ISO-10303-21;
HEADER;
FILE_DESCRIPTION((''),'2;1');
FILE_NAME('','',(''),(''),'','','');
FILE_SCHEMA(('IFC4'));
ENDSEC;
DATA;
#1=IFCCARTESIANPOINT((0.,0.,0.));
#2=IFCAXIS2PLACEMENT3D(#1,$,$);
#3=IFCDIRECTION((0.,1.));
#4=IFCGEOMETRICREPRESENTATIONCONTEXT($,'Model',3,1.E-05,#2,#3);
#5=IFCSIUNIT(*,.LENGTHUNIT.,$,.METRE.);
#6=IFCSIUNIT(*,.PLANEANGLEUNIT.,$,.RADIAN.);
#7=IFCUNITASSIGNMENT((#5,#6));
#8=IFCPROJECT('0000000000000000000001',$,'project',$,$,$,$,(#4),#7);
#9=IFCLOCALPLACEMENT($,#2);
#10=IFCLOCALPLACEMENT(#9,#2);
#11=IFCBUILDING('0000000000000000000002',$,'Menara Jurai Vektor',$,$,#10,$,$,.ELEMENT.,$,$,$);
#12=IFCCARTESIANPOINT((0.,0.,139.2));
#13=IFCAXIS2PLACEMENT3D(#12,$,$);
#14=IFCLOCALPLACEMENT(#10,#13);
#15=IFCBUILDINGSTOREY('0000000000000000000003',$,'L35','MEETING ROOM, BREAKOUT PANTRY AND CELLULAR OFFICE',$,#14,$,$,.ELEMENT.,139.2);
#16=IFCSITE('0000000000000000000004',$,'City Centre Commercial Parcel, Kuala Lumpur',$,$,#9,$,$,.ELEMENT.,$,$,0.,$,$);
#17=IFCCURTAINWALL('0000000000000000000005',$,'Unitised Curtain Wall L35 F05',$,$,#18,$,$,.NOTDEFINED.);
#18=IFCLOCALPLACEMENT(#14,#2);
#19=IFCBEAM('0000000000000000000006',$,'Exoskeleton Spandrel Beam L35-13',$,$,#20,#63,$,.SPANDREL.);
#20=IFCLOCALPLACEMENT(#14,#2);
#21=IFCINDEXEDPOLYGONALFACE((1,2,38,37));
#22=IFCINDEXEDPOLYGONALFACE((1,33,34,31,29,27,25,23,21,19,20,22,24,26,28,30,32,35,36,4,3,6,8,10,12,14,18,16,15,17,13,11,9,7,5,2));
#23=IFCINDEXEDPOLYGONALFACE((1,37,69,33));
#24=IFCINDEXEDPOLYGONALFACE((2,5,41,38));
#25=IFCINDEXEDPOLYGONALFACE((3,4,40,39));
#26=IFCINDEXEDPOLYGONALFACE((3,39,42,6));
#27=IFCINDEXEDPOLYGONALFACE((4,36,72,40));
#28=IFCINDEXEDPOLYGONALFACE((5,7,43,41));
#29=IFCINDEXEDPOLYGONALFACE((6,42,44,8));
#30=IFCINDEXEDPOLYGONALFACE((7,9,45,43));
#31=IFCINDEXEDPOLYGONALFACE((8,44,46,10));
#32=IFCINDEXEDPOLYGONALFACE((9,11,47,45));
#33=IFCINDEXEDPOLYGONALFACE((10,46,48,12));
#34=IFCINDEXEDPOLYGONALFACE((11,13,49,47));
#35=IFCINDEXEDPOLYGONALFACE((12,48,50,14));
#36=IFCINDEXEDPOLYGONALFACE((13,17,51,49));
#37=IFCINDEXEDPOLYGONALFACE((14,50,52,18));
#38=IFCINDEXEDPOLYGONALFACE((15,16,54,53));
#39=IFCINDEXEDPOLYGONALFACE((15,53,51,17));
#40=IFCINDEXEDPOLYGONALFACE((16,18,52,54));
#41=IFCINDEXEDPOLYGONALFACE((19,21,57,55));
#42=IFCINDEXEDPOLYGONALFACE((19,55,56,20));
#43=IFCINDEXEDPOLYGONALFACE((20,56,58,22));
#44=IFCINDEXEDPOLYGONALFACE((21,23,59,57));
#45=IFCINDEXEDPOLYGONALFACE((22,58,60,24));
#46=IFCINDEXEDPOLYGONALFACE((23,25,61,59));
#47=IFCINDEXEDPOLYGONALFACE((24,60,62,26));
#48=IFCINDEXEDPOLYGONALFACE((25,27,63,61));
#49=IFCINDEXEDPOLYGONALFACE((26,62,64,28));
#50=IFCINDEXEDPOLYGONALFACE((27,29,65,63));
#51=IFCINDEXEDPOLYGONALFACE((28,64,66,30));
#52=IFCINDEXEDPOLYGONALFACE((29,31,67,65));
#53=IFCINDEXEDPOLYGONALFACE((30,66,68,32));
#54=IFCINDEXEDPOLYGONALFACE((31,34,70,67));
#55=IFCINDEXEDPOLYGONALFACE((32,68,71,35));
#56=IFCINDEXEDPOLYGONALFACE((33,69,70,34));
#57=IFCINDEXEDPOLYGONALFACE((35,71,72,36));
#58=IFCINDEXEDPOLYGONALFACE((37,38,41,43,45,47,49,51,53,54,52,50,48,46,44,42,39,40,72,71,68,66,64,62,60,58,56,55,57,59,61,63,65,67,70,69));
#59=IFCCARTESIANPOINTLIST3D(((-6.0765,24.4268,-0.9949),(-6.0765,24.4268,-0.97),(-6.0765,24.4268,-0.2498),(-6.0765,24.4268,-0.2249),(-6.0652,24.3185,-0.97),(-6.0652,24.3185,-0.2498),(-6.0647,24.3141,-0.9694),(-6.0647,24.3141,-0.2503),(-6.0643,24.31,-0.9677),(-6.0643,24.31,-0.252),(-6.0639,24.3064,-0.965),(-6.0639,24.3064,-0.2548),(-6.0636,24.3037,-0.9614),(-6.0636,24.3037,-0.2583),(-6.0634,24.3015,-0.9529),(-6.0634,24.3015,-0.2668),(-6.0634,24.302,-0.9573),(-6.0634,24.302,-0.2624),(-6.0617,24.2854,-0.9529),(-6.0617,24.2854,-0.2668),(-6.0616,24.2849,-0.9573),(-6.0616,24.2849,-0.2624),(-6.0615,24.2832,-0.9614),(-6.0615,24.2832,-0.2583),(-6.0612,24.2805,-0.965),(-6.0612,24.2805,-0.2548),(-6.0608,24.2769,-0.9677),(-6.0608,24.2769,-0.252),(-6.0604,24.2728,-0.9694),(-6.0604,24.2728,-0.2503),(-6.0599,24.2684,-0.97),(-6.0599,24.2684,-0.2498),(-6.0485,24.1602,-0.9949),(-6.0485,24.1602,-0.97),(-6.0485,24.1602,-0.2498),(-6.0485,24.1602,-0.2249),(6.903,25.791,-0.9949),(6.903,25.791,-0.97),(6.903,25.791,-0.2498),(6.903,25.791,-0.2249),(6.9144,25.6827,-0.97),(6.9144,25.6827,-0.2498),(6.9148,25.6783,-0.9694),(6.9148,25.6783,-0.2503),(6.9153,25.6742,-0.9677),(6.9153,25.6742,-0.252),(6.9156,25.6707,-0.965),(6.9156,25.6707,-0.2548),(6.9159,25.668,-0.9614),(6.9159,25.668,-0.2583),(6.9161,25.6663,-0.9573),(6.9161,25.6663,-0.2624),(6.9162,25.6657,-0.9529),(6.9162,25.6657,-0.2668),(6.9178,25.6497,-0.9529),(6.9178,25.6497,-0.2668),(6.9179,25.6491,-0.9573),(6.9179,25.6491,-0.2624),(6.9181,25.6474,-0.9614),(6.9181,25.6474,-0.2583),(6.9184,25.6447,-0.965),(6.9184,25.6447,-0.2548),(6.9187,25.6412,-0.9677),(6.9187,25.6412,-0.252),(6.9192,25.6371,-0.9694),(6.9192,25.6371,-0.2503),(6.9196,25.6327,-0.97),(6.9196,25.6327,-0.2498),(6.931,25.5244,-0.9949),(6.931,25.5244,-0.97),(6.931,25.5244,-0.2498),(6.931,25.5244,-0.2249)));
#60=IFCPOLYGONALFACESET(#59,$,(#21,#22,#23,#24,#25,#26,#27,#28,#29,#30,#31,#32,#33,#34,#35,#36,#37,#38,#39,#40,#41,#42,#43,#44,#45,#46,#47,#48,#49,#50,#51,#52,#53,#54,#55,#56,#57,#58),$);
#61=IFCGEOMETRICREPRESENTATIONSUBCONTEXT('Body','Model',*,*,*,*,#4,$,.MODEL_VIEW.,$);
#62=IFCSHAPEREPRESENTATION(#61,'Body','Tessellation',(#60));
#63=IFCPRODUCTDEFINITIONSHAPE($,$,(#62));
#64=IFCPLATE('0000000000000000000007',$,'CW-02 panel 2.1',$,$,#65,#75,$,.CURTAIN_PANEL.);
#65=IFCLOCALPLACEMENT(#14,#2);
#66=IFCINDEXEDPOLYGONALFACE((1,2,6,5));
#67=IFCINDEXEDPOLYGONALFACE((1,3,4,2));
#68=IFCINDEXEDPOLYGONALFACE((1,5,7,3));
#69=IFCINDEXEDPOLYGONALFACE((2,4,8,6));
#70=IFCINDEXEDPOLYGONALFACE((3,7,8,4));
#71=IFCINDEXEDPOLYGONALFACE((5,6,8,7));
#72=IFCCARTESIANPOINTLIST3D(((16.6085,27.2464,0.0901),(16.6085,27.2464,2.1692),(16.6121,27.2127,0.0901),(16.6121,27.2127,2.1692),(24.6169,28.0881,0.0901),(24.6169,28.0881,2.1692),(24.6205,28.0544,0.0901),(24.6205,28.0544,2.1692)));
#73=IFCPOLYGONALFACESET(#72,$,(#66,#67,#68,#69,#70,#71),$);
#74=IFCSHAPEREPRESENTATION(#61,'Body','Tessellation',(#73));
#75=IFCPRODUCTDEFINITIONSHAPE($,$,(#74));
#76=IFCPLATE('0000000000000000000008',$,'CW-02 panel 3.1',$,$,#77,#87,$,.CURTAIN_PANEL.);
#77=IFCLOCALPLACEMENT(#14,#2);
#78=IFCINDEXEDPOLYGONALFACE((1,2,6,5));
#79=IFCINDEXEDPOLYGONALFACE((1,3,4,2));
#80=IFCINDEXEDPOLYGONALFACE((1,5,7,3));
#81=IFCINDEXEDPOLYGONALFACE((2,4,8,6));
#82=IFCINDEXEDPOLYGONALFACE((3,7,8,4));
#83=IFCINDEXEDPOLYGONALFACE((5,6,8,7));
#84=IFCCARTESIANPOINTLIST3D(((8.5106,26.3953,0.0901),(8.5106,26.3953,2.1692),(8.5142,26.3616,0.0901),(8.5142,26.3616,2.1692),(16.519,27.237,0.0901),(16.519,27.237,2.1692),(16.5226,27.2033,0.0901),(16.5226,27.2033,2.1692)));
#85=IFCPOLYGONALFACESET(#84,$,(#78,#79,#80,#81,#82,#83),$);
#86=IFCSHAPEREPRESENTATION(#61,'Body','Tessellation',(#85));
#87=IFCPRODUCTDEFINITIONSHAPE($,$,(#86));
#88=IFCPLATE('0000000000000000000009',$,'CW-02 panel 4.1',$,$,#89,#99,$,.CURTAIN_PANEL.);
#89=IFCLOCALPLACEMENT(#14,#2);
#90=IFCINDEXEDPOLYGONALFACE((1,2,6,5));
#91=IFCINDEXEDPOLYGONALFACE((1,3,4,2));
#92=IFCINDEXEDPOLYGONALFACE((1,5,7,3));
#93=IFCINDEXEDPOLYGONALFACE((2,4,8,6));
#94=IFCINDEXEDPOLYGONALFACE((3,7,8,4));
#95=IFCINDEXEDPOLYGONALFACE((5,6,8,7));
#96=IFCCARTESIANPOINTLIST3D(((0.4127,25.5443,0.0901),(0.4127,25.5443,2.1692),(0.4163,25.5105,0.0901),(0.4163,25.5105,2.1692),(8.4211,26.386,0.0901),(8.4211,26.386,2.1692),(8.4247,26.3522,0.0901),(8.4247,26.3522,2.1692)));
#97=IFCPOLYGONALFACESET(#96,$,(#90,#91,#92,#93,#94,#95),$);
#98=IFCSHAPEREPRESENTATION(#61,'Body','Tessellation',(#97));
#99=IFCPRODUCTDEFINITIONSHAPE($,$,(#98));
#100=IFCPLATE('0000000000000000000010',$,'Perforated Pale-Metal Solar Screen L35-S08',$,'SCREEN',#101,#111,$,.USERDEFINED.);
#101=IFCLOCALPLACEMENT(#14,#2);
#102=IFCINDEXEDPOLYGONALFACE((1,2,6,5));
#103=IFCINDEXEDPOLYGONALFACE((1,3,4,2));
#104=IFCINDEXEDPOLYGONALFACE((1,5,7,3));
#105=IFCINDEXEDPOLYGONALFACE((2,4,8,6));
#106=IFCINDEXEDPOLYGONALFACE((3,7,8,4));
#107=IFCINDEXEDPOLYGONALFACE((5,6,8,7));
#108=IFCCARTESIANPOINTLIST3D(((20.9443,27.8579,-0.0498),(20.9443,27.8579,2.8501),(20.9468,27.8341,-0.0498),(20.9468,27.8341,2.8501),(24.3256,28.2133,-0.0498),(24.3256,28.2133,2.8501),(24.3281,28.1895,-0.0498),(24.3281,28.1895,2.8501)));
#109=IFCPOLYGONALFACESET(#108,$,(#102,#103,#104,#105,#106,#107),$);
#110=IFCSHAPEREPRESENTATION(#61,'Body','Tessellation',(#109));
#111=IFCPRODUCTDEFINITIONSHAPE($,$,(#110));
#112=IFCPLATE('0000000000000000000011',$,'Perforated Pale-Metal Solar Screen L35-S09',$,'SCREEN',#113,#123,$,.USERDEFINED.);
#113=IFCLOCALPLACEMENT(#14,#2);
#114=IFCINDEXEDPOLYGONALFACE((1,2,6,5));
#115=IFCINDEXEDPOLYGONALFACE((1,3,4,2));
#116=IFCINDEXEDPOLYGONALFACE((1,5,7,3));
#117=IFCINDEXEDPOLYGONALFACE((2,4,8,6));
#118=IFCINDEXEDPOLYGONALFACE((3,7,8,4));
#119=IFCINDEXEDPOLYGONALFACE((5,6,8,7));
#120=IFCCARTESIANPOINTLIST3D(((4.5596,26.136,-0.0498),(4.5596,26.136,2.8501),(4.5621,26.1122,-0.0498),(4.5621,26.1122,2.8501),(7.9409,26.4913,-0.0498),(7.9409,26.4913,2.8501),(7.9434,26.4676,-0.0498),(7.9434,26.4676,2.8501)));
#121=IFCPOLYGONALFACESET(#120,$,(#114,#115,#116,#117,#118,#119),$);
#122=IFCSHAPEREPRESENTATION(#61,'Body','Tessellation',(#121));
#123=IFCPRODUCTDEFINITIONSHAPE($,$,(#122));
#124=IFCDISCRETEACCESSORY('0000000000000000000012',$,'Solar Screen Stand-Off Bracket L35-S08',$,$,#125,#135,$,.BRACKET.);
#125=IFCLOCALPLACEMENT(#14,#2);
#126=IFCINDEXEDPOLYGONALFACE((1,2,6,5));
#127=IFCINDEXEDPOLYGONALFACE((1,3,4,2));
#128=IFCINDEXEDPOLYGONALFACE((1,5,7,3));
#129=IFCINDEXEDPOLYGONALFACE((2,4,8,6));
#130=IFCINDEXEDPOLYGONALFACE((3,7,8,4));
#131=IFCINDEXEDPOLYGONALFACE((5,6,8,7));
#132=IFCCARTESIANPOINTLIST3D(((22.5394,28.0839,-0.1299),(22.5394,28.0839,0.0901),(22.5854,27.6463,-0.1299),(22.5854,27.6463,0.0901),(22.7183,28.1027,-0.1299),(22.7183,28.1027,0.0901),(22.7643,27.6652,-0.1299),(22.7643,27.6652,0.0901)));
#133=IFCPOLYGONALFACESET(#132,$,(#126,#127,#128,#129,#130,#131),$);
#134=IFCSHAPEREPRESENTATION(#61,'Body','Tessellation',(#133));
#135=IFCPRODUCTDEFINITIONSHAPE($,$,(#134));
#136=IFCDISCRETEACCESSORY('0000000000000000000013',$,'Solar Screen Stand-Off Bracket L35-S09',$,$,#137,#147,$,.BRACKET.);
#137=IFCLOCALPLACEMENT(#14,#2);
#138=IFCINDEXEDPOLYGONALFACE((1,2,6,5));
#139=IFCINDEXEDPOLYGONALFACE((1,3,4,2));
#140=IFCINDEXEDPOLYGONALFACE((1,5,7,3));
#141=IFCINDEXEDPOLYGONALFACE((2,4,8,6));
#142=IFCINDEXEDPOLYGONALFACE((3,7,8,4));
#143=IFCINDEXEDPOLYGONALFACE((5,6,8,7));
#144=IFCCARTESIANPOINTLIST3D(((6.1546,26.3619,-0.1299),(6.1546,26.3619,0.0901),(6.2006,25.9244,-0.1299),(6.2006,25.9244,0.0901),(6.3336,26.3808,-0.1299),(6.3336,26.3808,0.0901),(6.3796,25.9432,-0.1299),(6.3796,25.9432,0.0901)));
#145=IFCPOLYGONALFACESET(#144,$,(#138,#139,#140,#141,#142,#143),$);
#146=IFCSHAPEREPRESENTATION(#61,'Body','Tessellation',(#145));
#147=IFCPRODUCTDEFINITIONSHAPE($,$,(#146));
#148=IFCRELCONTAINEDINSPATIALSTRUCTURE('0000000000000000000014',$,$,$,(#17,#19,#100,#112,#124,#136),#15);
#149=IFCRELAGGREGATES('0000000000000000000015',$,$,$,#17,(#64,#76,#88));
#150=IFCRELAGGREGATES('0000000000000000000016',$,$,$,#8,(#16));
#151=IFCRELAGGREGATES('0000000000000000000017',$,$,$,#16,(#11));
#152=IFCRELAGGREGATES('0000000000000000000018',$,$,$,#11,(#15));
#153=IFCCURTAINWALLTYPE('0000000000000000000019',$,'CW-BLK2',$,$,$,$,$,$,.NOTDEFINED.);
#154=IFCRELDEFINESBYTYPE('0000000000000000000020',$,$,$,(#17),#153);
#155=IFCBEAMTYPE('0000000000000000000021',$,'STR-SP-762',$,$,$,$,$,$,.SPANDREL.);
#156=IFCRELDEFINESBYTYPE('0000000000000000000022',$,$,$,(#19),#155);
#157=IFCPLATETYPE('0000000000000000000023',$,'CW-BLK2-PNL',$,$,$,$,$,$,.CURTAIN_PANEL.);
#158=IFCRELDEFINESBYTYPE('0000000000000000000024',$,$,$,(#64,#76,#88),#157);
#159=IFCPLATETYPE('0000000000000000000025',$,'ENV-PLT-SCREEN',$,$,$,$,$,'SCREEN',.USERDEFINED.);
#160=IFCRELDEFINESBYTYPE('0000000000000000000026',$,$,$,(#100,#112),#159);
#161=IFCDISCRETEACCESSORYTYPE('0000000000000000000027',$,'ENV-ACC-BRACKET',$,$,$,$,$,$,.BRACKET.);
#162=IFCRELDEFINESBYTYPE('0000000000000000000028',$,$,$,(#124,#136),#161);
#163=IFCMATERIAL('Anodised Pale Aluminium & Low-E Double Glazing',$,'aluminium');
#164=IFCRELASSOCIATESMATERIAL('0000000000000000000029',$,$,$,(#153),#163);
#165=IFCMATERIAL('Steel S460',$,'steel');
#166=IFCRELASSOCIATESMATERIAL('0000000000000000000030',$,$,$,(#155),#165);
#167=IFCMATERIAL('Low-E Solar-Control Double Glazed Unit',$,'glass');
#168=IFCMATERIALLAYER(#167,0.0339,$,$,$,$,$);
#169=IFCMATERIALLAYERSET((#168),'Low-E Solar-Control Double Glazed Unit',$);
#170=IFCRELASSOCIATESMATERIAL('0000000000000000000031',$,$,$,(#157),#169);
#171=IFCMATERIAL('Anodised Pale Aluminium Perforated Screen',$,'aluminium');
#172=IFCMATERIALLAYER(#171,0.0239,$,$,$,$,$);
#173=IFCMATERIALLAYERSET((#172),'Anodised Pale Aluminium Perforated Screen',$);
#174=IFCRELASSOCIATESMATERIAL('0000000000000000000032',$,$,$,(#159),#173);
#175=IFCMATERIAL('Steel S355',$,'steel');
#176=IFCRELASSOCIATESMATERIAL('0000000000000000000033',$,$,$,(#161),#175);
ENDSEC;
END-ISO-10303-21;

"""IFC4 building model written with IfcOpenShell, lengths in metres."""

from ifc_helpers import new_model, si_unit, direction, frame, origin, origin_2d, place, context, subcontext, project, spatial, rectangle, i_section, extrude, material, layer, layer_set, material_profile, profile_set, type_object, element, aggregate, save


model = new_model("IFC4")

# Units and contexts
model_context = context("Model", 3, precision=1e-05, world=origin(), true_north=direction((0.0, 1.0)))
body_context = subcontext(model_context, "Body", "Model", "MODEL_VIEW")
ifc_project = project(units=[si_unit("LENGTHUNIT", "METRE"), si_unit("PLANEANGLEUNIT", "RADIAN")], contexts=[model_context])

# Site, building, storey
site_placement = place(None, origin())
site = spatial("IfcSite", under=ifc_project, at=site_placement, Name="City Centre Commercial Parcel, Kuala Lumpur", CompositionType="ELEMENT", RefElevation=0.0)
building_placement = place(site_placement, origin())
building = spatial("IfcBuilding", under=site, at=building_placement, Name="Menara Jurai Vektor", CompositionType="ELEMENT")
storey_placement = place(building_placement, frame((0.0, 0.0, 139.2)))
storey = spatial("IfcBuildingStorey", under=building, at=storey_placement, Name="L35", Description="MEETING ROOM, BREAKOUT PANTRY AND CELLULAR OFFICE", CompositionType="ELEMENT", Elevation=139.2)

# Shared definitions
ifc_material_1 = material(Name="Steel S460", Category="steel")

# Curtain wall
ifc_material_2 = material(Name="Anodised Pale Aluminium & Low-E Double Glazing", Category="aluminium")
curtain_wall_type = type_object("IfcCurtainWallType", Name="CW-BLK2", PredefinedType="NOTDEFINED", material=ifc_material_2)
curtain_wall_placement = place(storey_placement, origin())
curtain_wall = element("IfcCurtainWall", 1, at=curtain_wall_placement, inside=storey, type_object=curtain_wall_type, Name="Unitised Curtain Wall L35 F05", PredefinedType="NOTDEFINED")

# Beam
ifc_material_3 = material(Name="Steel S355", Category="steel")
ifc_material_profile_1 = material_profile(ifc_material_1, i_section(OverallWidth=0.2681, OverallDepth=0.77, WebThickness=0.0161, FlangeThickness=0.0249, FilletRadius=0.0171, at=origin_2d()), Name="UKB 762x267x197")
ifc_profile_set_1 = profile_set([ifc_material_profile_1], Name="Steel S460")
beam_type_1 = type_object("IfcBeamType", Name="STR-SP-762", PredefinedType="SPANDREL", material=ifc_profile_set_1)
beam_1_placement = place(storey_placement, frame((6.917, 25.6577, -0.6099), z_axis=(-0.994521, -0.104533, 0.0), x_axis=(0.104533, -0.994521, 0.0)))
element("IfcBeam", 2, at=beam_1_placement, inside=storey, type_object=beam_type_1, Name="Exoskeleton Spandrel Beam L35-13", PredefinedType="SPANDREL", context=body_context, shape_type="SweptSolid", body=[
    extrude(i_section(OverallWidth=0.2681, OverallDepth=0.77, WebThickness=0.0161, FlangeThickness=0.0249, FilletRadius=0.0171, at=origin_2d()), origin(), (0.0, 0.0, 1.0), 13.051),
])

# Plates
ifc_material_4 = material(Name="Low-E Solar-Control Double Glazed Unit", Category="glass")
ifc_layer_1 = layer(ifc_material_4, 0.0339)
ifc_layer_set_1 = layer_set([ifc_layer_1], Name="Low-E Solar-Control Double Glazed Unit")
plate_type_1 = type_object("IfcPlateType", Name="CW-BLK2-PNL", PredefinedType="CURTAIN_PANEL", material=ifc_layer_set_1)
plate_1_placement = place(storey_placement, frame((20.6145, 27.6504, 0.0901), z_axis=(0.0, 0.0, 1.0), x_axis=(-0.994522, -0.104529, 0.0)))
plate_1 = element("IfcPlate", 3, at=plate_1_placement, type_object=plate_type_1, Name="CW-02 panel 2.1", PredefinedType="CURTAIN_PANEL", context=body_context, shape_type="SweptSolid", body=[
    extrude(rectangle(XDim=8.0525, YDim=0.0339, at=origin_2d()), origin(), (0.0, 0.0, 1.0), 2.0791),
])
plate_2_placement = place(storey_placement, frame((12.5166, 26.7993, 0.0901), z_axis=(0.0, 0.0, 1.0), x_axis=(-0.994522, -0.104529, 0.0)))
plate_2 = element("IfcPlate", 4, at=plate_2_placement, type_object=plate_type_1, Name="CW-02 panel 3.1", PredefinedType="CURTAIN_PANEL", context=body_context, shape_type="SweptSolid", body=[
    extrude(rectangle(XDim=8.0525, YDim=0.0339, at=origin_2d()), origin(), (0.0, 0.0, 1.0), 2.0791),
])
plate_3_placement = place(storey_placement, frame((4.4187, 25.9482, 0.0901), z_axis=(0.0, 0.0, 1.0), x_axis=(-0.994522, -0.104529, 0.0)))
plate_3 = element("IfcPlate", 5, at=plate_3_placement, type_object=plate_type_1, Name="CW-02 panel 4.1", PredefinedType="CURTAIN_PANEL", context=body_context, shape_type="SweptSolid", body=[
    extrude(rectangle(XDim=8.0525, YDim=0.0339, at=origin_2d()), origin(), (0.0, 0.0, 1.0), 2.0791),
])
aggregate(curtain_wall, [plate_1, plate_2, plate_3])

# Plates
ifc_material_5 = material(Name="Anodised Pale Aluminium Perforated Screen", Category="aluminium")
ifc_layer_2 = layer(ifc_material_5, 0.0239)
ifc_layer_set_2 = layer_set([ifc_layer_2], Name="Anodised Pale Aluminium Perforated Screen")
plate_type_2 = type_object("IfcPlateType", Name="ENV-PLT-SCREEN", ElementType="SCREEN", PredefinedType="USERDEFINED", material=ifc_layer_set_2)
for number, where, z_axis, x_axis, name in (
    (6, (22.6362, 28.0237, -0.0498), (0.0, 0.0, 1.0), (-0.994522, -0.104528, 0.0), "Perforated Pale-Metal Solar Screen L35-S08"),
    (7, (6.2515, 26.3018, -0.0498), (0.0, 0.0, 1.0), (-0.994522, -0.104528, 0.0), "Perforated Pale-Metal Solar Screen L35-S09"),
):
    element("IfcPlate", number, at=place(storey_placement, frame(where, z_axis=z_axis, x_axis=x_axis)), inside=storey, type_object=plate_type_2, Name=name, ObjectType="SCREEN", PredefinedType="USERDEFINED", context=body_context, shape_type="SweptSolid", body=[
        extrude(rectangle(XDim=3.3999, YDim=0.0239, at=origin_2d()), origin(), (0.0, 0.0, 1.0), 2.8999),
    ])

# Discrete accessories
discrete_accessory_type = type_object("IfcDiscreteAccessoryType", Name="ENV-ACC-BRACKET", PredefinedType="BRACKET", material=ifc_material_3)
for number, where, z_axis, x_axis, name in (
    (8, (22.6519, 27.8745, -0.1299), (0.0, 0.0, 1.0), (-0.994522, -0.104528, 0.0), "Solar Screen Stand-Off Bracket L35-S08"),
    (9, (6.2671, 26.1526, -0.1299), (0.0, 0.0, 1.0), (-0.994522, -0.104528, 0.0), "Solar Screen Stand-Off Bracket L35-S09"),
):
    element("IfcDiscreteAccessory", number, at=place(storey_placement, frame(where, z_axis=z_axis, x_axis=x_axis)), inside=storey, type_object=discrete_accessory_type, Name=name, PredefinedType="BRACKET", context=body_context, shape_type="SweptSolid", body=[
        extrude(rectangle(XDim=0.1799, YDim=0.4399, at=origin_2d()), origin(), (0.0, 0.0, 1.0), 0.22),
    ])

save(model, "model.ifc")
